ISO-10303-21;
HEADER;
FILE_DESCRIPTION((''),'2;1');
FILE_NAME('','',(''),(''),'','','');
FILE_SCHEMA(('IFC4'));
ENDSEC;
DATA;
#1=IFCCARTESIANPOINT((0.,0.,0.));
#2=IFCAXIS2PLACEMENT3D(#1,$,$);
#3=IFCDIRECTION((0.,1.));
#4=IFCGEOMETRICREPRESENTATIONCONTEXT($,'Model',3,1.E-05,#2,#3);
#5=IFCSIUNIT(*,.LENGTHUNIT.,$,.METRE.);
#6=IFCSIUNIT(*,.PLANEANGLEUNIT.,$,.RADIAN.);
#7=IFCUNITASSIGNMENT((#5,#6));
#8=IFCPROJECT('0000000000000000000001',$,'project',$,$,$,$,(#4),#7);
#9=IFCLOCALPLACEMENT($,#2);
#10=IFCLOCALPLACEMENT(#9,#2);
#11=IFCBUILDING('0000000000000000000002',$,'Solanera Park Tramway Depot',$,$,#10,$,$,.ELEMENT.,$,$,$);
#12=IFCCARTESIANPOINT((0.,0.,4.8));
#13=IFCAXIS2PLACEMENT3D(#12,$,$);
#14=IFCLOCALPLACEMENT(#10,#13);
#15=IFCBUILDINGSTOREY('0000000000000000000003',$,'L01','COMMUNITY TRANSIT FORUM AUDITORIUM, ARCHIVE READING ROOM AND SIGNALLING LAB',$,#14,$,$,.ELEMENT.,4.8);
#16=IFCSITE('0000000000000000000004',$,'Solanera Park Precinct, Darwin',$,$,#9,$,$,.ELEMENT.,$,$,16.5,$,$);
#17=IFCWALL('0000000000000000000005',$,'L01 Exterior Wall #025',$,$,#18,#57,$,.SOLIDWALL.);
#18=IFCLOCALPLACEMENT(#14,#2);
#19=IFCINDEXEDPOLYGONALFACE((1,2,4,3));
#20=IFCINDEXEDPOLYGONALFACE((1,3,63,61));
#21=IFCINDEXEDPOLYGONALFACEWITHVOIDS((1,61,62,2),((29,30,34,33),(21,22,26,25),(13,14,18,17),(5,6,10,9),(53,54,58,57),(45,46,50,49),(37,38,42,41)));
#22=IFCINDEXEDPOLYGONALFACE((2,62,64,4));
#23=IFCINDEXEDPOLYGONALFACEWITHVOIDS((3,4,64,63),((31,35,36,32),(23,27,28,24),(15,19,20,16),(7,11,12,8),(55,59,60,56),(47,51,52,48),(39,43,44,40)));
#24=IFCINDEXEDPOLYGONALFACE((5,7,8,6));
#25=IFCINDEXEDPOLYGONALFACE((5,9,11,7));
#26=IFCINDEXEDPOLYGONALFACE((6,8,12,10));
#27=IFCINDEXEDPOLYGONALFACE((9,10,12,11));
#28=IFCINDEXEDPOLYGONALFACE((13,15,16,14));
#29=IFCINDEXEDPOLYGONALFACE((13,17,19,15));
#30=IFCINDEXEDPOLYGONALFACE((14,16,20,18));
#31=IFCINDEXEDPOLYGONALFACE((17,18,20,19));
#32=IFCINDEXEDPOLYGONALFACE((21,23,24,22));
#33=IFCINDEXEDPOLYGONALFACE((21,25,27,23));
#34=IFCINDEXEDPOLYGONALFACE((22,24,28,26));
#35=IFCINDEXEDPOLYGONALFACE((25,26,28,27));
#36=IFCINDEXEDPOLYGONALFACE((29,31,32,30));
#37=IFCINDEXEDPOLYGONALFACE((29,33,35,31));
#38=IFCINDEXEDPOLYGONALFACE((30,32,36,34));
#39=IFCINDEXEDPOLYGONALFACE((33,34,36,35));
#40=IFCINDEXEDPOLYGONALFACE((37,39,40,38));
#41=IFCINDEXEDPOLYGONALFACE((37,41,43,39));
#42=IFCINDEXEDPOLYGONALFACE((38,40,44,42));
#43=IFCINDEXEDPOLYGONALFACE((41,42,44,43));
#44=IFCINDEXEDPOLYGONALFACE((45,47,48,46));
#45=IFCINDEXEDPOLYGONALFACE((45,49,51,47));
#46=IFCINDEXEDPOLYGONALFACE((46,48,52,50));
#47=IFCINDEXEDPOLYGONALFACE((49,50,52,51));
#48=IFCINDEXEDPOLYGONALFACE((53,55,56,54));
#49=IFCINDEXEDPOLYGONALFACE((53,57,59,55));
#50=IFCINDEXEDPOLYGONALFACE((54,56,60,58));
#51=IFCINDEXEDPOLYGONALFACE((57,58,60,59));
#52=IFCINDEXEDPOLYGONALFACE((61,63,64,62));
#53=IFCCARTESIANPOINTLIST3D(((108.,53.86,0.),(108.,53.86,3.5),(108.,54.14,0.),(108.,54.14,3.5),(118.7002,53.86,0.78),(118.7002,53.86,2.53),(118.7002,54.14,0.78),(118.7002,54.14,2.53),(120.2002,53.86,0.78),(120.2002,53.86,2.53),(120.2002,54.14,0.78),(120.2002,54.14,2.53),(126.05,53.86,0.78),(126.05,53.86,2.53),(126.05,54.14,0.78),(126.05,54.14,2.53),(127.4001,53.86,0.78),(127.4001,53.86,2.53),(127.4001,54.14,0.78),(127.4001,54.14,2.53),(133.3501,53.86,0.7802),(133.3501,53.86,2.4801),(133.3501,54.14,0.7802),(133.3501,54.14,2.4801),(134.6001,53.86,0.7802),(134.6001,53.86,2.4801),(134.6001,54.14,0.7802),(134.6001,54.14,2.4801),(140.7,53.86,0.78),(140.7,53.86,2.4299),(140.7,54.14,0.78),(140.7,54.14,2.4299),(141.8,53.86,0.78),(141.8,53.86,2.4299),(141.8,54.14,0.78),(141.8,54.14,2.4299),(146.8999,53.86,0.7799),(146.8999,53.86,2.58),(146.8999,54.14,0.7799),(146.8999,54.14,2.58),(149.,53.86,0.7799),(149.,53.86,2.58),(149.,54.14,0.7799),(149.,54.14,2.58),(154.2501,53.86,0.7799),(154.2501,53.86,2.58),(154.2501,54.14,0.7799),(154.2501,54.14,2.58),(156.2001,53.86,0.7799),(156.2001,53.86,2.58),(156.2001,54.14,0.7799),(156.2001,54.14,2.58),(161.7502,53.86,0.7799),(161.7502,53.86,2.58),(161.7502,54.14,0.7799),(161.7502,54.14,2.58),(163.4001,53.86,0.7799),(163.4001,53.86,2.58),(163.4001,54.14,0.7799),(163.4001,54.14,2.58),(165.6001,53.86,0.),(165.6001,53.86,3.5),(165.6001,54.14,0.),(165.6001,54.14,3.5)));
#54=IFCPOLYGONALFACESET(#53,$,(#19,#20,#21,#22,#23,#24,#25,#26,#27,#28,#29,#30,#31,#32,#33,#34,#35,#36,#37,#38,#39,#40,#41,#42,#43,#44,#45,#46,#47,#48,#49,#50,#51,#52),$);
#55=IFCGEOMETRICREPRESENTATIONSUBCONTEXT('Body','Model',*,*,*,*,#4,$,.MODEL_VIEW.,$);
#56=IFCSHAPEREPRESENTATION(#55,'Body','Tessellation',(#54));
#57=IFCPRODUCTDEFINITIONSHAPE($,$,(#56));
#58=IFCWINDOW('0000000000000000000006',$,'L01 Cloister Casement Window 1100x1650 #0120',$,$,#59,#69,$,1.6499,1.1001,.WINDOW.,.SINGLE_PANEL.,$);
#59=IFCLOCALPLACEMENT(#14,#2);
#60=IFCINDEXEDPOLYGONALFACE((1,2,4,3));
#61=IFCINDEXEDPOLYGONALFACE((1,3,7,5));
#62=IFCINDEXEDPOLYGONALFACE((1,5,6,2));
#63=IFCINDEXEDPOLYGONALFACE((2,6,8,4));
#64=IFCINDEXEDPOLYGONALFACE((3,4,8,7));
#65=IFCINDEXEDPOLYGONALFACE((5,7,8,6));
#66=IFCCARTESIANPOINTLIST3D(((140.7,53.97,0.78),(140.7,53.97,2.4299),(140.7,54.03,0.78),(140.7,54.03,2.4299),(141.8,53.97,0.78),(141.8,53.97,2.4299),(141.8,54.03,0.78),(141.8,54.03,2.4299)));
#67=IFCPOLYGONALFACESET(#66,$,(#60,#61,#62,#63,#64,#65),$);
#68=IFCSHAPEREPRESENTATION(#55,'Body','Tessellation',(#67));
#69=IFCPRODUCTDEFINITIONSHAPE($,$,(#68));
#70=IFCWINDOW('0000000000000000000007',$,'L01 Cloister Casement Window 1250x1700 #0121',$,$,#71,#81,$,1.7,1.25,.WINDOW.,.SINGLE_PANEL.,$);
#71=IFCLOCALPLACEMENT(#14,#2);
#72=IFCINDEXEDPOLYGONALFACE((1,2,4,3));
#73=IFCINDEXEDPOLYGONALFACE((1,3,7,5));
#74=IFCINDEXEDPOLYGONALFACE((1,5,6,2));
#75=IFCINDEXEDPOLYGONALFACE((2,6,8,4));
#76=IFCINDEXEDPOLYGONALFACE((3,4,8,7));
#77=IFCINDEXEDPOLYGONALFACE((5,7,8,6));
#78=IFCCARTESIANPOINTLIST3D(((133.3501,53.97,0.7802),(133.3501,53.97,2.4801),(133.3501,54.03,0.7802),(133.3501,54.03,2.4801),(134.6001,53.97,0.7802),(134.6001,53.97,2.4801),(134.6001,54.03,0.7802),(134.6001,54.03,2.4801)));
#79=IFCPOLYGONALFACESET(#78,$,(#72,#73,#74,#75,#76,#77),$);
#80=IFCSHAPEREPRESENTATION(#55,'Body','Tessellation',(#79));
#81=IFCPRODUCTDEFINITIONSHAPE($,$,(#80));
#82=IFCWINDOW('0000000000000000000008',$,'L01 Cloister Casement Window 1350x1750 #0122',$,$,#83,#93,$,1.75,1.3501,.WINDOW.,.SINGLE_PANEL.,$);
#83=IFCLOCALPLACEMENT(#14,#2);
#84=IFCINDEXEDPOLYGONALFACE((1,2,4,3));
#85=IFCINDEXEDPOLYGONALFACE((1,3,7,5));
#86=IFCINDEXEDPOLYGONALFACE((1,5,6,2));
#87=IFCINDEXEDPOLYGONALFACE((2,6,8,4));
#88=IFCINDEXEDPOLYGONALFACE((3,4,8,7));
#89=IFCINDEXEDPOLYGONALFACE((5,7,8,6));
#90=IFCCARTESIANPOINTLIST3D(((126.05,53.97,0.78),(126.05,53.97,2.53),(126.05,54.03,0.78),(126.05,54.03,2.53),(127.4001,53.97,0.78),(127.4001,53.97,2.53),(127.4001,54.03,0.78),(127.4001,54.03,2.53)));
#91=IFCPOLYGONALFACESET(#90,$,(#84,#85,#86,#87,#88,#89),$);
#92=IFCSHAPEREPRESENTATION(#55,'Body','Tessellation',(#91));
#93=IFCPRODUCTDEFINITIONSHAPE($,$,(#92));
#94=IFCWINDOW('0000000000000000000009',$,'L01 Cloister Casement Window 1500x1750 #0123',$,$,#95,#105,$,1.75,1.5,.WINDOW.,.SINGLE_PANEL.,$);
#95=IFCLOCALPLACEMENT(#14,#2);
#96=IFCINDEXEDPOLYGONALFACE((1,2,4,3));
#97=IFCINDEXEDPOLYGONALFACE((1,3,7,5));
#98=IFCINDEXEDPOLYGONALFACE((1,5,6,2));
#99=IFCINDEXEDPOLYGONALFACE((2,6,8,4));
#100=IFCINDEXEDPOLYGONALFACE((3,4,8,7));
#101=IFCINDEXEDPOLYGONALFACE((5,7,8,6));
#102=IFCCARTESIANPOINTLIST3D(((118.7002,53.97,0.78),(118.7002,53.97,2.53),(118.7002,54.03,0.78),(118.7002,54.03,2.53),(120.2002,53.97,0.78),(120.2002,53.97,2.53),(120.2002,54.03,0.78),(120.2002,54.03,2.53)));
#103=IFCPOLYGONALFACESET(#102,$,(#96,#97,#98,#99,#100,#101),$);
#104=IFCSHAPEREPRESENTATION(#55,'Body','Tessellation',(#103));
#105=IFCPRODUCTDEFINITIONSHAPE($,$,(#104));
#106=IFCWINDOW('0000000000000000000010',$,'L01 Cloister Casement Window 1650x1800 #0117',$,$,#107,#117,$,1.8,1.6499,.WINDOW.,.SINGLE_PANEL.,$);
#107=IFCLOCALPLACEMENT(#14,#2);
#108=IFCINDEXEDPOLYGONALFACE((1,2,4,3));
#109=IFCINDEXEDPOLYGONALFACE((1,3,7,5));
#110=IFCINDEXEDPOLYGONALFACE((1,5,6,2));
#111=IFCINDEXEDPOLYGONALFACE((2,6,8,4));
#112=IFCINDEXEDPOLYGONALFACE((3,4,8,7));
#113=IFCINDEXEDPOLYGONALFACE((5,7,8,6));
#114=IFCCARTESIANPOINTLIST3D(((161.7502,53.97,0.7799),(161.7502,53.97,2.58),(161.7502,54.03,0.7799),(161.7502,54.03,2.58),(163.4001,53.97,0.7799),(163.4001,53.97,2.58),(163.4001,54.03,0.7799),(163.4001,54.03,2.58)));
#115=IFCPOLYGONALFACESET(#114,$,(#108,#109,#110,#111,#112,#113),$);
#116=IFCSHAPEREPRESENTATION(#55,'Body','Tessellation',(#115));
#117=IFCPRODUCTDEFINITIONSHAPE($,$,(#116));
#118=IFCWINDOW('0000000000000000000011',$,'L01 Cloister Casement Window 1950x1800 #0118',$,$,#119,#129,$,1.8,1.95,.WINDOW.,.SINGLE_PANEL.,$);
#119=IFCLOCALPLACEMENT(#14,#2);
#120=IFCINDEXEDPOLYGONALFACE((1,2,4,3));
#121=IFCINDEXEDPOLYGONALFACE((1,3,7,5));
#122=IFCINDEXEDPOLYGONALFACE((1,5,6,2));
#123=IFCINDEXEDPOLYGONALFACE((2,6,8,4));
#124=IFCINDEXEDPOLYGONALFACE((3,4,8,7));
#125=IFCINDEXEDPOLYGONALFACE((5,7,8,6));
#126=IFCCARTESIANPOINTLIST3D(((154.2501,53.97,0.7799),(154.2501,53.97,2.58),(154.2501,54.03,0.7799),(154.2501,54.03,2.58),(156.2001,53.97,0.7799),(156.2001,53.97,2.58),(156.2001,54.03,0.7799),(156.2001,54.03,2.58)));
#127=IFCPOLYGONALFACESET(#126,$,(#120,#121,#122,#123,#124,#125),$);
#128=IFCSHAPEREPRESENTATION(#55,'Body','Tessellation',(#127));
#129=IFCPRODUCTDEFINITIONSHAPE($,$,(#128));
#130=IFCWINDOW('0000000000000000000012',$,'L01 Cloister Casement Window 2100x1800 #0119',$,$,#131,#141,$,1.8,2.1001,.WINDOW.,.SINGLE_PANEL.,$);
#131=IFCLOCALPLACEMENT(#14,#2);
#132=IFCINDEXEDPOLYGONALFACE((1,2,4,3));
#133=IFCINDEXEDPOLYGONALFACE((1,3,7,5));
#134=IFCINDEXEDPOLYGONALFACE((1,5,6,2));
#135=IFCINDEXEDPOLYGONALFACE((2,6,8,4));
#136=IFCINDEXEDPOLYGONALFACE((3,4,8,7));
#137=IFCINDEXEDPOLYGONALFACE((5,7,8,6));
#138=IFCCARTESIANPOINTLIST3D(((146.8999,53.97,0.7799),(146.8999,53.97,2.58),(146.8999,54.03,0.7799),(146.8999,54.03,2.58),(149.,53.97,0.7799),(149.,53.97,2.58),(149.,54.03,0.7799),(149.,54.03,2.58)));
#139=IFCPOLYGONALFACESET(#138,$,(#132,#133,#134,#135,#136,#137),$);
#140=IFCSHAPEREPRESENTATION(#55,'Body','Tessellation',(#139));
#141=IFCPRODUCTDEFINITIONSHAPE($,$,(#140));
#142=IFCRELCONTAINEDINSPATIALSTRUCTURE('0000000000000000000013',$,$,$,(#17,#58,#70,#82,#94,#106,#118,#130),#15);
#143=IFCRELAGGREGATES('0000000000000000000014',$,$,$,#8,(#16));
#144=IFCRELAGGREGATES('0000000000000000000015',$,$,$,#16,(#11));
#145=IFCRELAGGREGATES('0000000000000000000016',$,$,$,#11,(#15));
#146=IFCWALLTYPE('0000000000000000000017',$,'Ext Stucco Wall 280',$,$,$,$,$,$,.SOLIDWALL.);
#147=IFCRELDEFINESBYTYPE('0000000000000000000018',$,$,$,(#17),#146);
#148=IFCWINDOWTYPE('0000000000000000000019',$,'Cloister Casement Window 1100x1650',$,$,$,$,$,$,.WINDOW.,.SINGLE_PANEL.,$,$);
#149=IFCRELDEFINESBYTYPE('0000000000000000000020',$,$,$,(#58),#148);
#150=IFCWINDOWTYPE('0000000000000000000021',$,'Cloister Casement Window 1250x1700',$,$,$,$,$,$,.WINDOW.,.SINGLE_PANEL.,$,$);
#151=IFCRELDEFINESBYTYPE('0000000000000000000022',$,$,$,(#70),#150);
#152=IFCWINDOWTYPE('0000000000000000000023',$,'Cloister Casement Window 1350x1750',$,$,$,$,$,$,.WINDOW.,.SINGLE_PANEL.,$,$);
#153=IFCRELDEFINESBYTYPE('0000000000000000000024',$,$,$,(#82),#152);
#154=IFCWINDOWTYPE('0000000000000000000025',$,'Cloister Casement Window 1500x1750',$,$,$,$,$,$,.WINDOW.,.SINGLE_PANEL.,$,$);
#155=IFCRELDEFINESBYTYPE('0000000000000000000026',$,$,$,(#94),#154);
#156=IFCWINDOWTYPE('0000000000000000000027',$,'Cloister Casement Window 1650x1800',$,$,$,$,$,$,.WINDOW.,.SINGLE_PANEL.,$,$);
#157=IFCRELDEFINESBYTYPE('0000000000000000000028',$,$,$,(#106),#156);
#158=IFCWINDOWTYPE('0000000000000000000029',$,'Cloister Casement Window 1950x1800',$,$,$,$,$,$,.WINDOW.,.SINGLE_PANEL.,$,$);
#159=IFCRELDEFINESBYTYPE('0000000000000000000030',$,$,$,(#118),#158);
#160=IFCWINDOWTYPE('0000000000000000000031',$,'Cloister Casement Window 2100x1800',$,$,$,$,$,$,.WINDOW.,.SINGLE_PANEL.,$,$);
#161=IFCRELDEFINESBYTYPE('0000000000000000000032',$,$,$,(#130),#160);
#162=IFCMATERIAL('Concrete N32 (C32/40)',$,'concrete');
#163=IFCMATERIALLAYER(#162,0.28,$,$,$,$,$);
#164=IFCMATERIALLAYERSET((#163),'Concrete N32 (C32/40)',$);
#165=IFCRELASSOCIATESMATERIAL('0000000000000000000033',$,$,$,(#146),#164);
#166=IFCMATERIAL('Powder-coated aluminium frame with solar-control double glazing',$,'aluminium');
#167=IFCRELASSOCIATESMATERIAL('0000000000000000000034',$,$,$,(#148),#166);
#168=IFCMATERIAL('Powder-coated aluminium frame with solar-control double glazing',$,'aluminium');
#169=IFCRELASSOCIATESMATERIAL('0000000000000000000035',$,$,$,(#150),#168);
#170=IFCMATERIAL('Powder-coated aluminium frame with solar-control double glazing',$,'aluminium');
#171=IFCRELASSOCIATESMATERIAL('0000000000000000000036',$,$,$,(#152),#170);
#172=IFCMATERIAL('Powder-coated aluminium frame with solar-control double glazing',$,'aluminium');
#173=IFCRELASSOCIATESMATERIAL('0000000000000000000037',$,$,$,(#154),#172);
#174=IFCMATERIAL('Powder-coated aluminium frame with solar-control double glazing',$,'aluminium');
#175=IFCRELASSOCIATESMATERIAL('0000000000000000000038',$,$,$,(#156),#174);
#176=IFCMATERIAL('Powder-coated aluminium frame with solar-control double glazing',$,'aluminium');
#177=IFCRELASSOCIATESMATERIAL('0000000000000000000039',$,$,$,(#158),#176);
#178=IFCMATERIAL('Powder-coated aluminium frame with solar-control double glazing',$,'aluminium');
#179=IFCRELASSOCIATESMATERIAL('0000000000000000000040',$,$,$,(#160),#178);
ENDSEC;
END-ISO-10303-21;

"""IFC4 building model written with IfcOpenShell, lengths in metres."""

from ifc_helpers import new_model, si_unit, direction, frame, frame_2d, origin, place, context, subcontext, project, spatial, rectangle, extrude, material, layer, layer_set, type_object, element, fill, save


model = new_model("IFC4")

# Units and contexts
model_context = context("Model", 3, precision=1e-05, world=origin(), true_north=direction((0.0, 1.0)))
body_context = subcontext(model_context, "Body", "Model", "MODEL_VIEW")
ifc_project = project(units=[si_unit("LENGTHUNIT", "METRE"), si_unit("PLANEANGLEUNIT", "RADIAN")], contexts=[model_context])

# Site, building, storey
site_placement = place(None, origin())
site = spatial("IfcSite", under=ifc_project, at=site_placement, Name="Solanera Park Precinct, Darwin", CompositionType="ELEMENT", RefElevation=16.5)
building_placement = place(site_placement, origin())
building = spatial("IfcBuilding", under=site, at=building_placement, Name="Solanera Park Tramway Depot", CompositionType="ELEMENT")
storey_placement = place(building_placement, frame((0.0, 0.0, 4.8)))
storey = spatial("IfcBuildingStorey", under=building, at=storey_placement, Name="L01", Description="COMMUNITY TRANSIT FORUM AUDITORIUM, ARCHIVE READING ROOM AND SIGNALLING LAB", CompositionType="ELEMENT", Elevation=4.8)

# Wall, openings, windows
ifc_material_1 = material(Name="Concrete N32 (C32/40)", Category="concrete")
ifc_layer_1 = layer(ifc_material_1, 0.28)
ifc_layer_set_1 = layer_set([ifc_layer_1], Name="Concrete N32 (C32/40)")
wall_type_1 = type_object("IfcWallType", Name="Ext Stucco Wall 280", PredefinedType="SOLIDWALL", material=ifc_layer_set_1)
wall_1_placement = place(storey_placement, frame((165.6001, 54.0, 0.0), z_axis=(0.0, 0.0, 1.0), x_axis=(-1.0, 0.0, 0.0)))
wall_1 = element("IfcWall", 1, at=wall_1_placement, inside=storey, type_object=wall_type_1, Name="L01 Exterior Wall #025", PredefinedType="SOLIDWALL", context=body_context, shape_type="SweptSolid", body=[
    extrude(rectangle(XDim=57.6001, YDim=0.28, at=frame_2d((28.8, 0.0))), origin(), (0.0, 0.0, 1.0), 3.5),
])
opening_1_placement = place(wall_1_placement, frame((2.2, 0.0, 0.78)))
opening_1 = element("IfcOpeningElement", 2, at=opening_1_placement, cuts=wall_1, PredefinedType="OPENING", context=body_context, shape_type="SweptSolid", body=[
    extrude(rectangle(XDim=1.6499, YDim=1.8, at=frame_2d((0.825, 0.8999))), frame((0.0, 0.1499, 0.0), z_axis=(0.0, -1.0, 0.0), x_axis=(1.0, 0.0, 0.0)), (0.0, 0.0, 1.0), 0.3),
])
opening_2_placement = place(wall_1_placement, frame((9.3999, 0.0, 0.78)))
opening_2 = element("IfcOpeningElement", 3, at=opening_2_placement, cuts=wall_1, PredefinedType="OPENING", context=body_context, shape_type="SweptSolid", body=[
    extrude(rectangle(XDim=1.95, YDim=1.8, at=frame_2d((0.9751, 0.8999))), frame((0.0, 0.1499, 0.0), z_axis=(0.0, -1.0, 0.0), x_axis=(1.0, 0.0, 0.0)), (0.0, 0.0, 1.0), 0.3),
])
opening_3_placement = place(wall_1_placement, frame((16.6001, 0.0, 0.78)))
opening_3 = element("IfcOpeningElement", 4, at=opening_3_placement, cuts=wall_1, PredefinedType="OPENING", context=body_context, shape_type="SweptSolid", body=[
    extrude(rectangle(XDim=2.1001, YDim=1.8, at=frame_2d((1.05, 0.8999))), frame((0.0, 0.1499, 0.0), z_axis=(0.0, -1.0, 0.0), x_axis=(1.0, 0.0, 0.0)), (0.0, 0.0, 1.0), 0.3),
])
opening_4_placement = place(wall_1_placement, frame((23.8, 0.0, 0.78)))
opening_4 = element("IfcOpeningElement", 5, at=opening_4_placement, cuts=wall_1, PredefinedType="OPENING", context=body_context, shape_type="SweptSolid", body=[
    extrude(rectangle(XDim=1.1001, YDim=1.6499, at=frame_2d((0.55, 0.825))), frame((0.0, 0.1499, 0.0), z_axis=(0.0, -1.0, 0.0), x_axis=(1.0, 0.0, 0.0)), (0.0, 0.0, 1.0), 0.3),
])
opening_5_placement = place(wall_1_placement, frame((31.0, 0.0, 0.78)))
opening_5 = element("IfcOpeningElement", 6, at=opening_5_placement, cuts=wall_1, PredefinedType="OPENING", context=body_context, shape_type="SweptSolid", body=[
    extrude(rectangle(XDim=1.25, YDim=1.7, at=frame_2d((0.625, 0.8501))), frame((0.0, 0.1499, 0.0), z_axis=(0.0, -1.0, 0.0), x_axis=(1.0, 0.0, 0.0)), (0.0, 0.0, 1.0), 0.3),
])
opening_6_placement = place(wall_1_placement, frame((38.2, 0.0, 0.78)))
opening_6 = element("IfcOpeningElement", 7, at=opening_6_placement, cuts=wall_1, PredefinedType="OPENING", context=body_context, shape_type="SweptSolid", body=[
    extrude(rectangle(XDim=1.3501, YDim=1.75, at=frame_2d((0.675, 0.875))), frame((0.0, 0.1499, 0.0), z_axis=(0.0, -1.0, 0.0), x_axis=(1.0, 0.0, 0.0)), (0.0, 0.0, 1.0), 0.3),
])
opening_7_placement = place(wall_1_placement, frame((45.3999, 0.0, 0.78)))
opening_7 = element("IfcOpeningElement", 8, at=opening_7_placement, cuts=wall_1, PredefinedType="OPENING", context=body_context, shape_type="SweptSolid", body=[
    extrude(rectangle(XDim=1.5, YDim=1.75, at=frame_2d((0.75, 0.875))), frame((0.0, 0.1499, 0.0), z_axis=(0.0, -1.0, 0.0), x_axis=(1.0, 0.0, 0.0)), (0.0, 0.0, 1.0), 0.3),
])
ifc_material_2 = material(Name="Powder-coated aluminium frame with solar-control double glazing", Category="aluminium")
window_type_1 = type_object("IfcWindowType", Name="Cloister Casement Window 1100x1650", PartitioningType="SINGLE_PANEL", PredefinedType="WINDOW", material=ifc_material_2)
window_1_placement = place(opening_4_placement, origin())
window_1 = element("IfcWindow", 9, at=window_1_placement, inside=storey, type_object=window_type_1, Name="L01 Cloister Casement Window 1100x1650 #0120", OverallHeight=1.6499, OverallWidth=1.1001, PartitioningType="SINGLE_PANEL", PredefinedType="WINDOW", context=body_context, shape_type="SweptSolid", body=[
    extrude(rectangle(XDim=1.1001, YDim=1.6499, at=frame_2d((0.55, 0.825))), frame((0.0, 0.03, 0.0), z_axis=(0.0, -1.0, 0.0), x_axis=(1.0, 0.0, 0.0)), (0.0, 0.0, 1.0), 0.0601),
])
fill(opening_4, window_1)
ifc_material_3 = material(Name="Powder-coated aluminium frame with solar-control double glazing", Category="aluminium")
window_type_2 = type_object("IfcWindowType", Name="Cloister Casement Window 1250x1700", PartitioningType="SINGLE_PANEL", PredefinedType="WINDOW", material=ifc_material_3)
window_2_placement = place(opening_5_placement, origin())
window_2 = element("IfcWindow", 10, at=window_2_placement, inside=storey, type_object=window_type_2, Name="L01 Cloister Casement Window 1250x1700 #0121", OverallHeight=1.7, OverallWidth=1.25, PartitioningType="SINGLE_PANEL", PredefinedType="WINDOW", context=body_context, shape_type="SweptSolid", body=[
    extrude(rectangle(XDim=1.25, YDim=1.7, at=frame_2d((0.625, 0.8501))), frame((0.0, 0.03, 0.0), z_axis=(0.0, -1.0, 0.0), x_axis=(1.0, 0.0, 0.0)), (0.0, 0.0, 1.0), 0.0601),
])
fill(opening_5, window_2)
ifc_material_4 = material(Name="Powder-coated aluminium frame with solar-control double glazing", Category="aluminium")
window_type_3 = type_object("IfcWindowType", Name="Cloister Casement Window 1350x1750", PartitioningType="SINGLE_PANEL", PredefinedType="WINDOW", material=ifc_material_4)
window_3_placement = place(opening_6_placement, origin())
window_3 = element("IfcWindow", 11, at=window_3_placement, inside=storey, type_object=window_type_3, Name="L01 Cloister Casement Window 1350x1750 #0122", OverallHeight=1.75, OverallWidth=1.3501, PartitioningType="SINGLE_PANEL", PredefinedType="WINDOW", context=body_context, shape_type="SweptSolid", body=[
    extrude(rectangle(XDim=1.3501, YDim=1.75, at=frame_2d((0.675, 0.875))), frame((0.0, 0.03, 0.0), z_axis=(0.0, -1.0, 0.0), x_axis=(1.0, 0.0, 0.0)), (0.0, 0.0, 1.0), 0.0601),
])
fill(opening_6, window_3)
ifc_material_5 = material(Name="Powder-coated aluminium frame with solar-control double glazing", Category="aluminium")
window_type_4 = type_object("IfcWindowType", Name="Cloister Casement Window 1500x1750", PartitioningType="SINGLE_PANEL", PredefinedType="WINDOW", material=ifc_material_5)
window_4_placement = place(opening_7_placement, origin())
window_4 = element("IfcWindow", 12, at=window_4_placement, inside=storey, type_object=window_type_4, Name="L01 Cloister Casement Window 1500x1750 #0123", OverallHeight=1.75, OverallWidth=1.5, PartitioningType="SINGLE_PANEL", PredefinedType="WINDOW", context=body_context, shape_type="SweptSolid", body=[
    extrude(rectangle(XDim=1.5, YDim=1.75, at=frame_2d((0.75, 0.875))), frame((0.0, 0.03, 0.0), z_axis=(0.0, -1.0, 0.0), x_axis=(1.0, 0.0, 0.0)), (0.0, 0.0, 1.0), 0.0601),
])
fill(opening_7, window_4)
ifc_material_6 = material(Name="Powder-coated aluminium frame with solar-control double glazing", Category="aluminium")
window_type_5 = type_object("IfcWindowType", Name="Cloister Casement Window 1650x1800", PartitioningType="SINGLE_PANEL", PredefinedType="WINDOW", material=ifc_material_6)
window_5_placement = place(opening_1_placement, origin())
window_5 = element("IfcWindow", 13, at=window_5_placement, inside=storey, type_object=window_type_5, Name="L01 Cloister Casement Window 1650x1800 #0117", OverallHeight=1.8, OverallWidth=1.6499, PartitioningType="SINGLE_PANEL", PredefinedType="WINDOW", context=body_context, shape_type="SweptSolid", body=[
    extrude(rectangle(XDim=1.6499, YDim=1.8, at=frame_2d((0.825, 0.8999))), frame((0.0, 0.03, 0.0), z_axis=(0.0, -1.0, 0.0), x_axis=(1.0, 0.0, 0.0)), (0.0, 0.0, 1.0), 0.0601),
])
fill(opening_1, window_5)
ifc_material_7 = material(Name="Powder-coated aluminium frame with solar-control double glazing", Category="aluminium")
window_type_6 = type_object("IfcWindowType", Name="Cloister Casement Window 1950x1800", PartitioningType="SINGLE_PANEL", PredefinedType="WINDOW", material=ifc_material_7)
window_6_placement = place(opening_2_placement, origin())
window_6 = element("IfcWindow", 14, at=window_6_placement, inside=storey, type_object=window_type_6, Name="L01 Cloister Casement Window 1950x1800 #0118", OverallHeight=1.8, OverallWidth=1.95, PartitioningType="SINGLE_PANEL", PredefinedType="WINDOW", context=body_context, shape_type="SweptSolid", body=[
    extrude(rectangle(XDim=1.95, YDim=1.8, at=frame_2d((0.9751, 0.8999))), frame((0.0, 0.03, 0.0), z_axis=(0.0, -1.0, 0.0), x_axis=(1.0, 0.0, 0.0)), (0.0, 0.0, 1.0), 0.0601),
])
fill(opening_2, window_6)
ifc_material_8 = material(Name="Powder-coated aluminium frame with solar-control double glazing", Category="aluminium")
window_type_7 = type_object("IfcWindowType", Name="Cloister Casement Window 2100x1800", PartitioningType="SINGLE_PANEL", PredefinedType="WINDOW", material=ifc_material_8)
window_7_placement = place(opening_3_placement, origin())
window_7 = element("IfcWindow", 15, at=window_7_placement, inside=storey, type_object=window_type_7, Name="L01 Cloister Casement Window 2100x1800 #0119", OverallHeight=1.8, OverallWidth=2.1001, PartitioningType="SINGLE_PANEL", PredefinedType="WINDOW", context=body_context, shape_type="SweptSolid", body=[
    extrude(rectangle(XDim=2.1001, YDim=1.8, at=frame_2d((1.05, 0.8999))), frame((0.0, 0.03, 0.0), z_axis=(0.0, -1.0, 0.0), x_axis=(1.0, 0.0, 0.0)), (0.0, 0.0, 1.0), 0.0601),
])
fill(opening_3, window_7)

save(model, "model.ifc")
